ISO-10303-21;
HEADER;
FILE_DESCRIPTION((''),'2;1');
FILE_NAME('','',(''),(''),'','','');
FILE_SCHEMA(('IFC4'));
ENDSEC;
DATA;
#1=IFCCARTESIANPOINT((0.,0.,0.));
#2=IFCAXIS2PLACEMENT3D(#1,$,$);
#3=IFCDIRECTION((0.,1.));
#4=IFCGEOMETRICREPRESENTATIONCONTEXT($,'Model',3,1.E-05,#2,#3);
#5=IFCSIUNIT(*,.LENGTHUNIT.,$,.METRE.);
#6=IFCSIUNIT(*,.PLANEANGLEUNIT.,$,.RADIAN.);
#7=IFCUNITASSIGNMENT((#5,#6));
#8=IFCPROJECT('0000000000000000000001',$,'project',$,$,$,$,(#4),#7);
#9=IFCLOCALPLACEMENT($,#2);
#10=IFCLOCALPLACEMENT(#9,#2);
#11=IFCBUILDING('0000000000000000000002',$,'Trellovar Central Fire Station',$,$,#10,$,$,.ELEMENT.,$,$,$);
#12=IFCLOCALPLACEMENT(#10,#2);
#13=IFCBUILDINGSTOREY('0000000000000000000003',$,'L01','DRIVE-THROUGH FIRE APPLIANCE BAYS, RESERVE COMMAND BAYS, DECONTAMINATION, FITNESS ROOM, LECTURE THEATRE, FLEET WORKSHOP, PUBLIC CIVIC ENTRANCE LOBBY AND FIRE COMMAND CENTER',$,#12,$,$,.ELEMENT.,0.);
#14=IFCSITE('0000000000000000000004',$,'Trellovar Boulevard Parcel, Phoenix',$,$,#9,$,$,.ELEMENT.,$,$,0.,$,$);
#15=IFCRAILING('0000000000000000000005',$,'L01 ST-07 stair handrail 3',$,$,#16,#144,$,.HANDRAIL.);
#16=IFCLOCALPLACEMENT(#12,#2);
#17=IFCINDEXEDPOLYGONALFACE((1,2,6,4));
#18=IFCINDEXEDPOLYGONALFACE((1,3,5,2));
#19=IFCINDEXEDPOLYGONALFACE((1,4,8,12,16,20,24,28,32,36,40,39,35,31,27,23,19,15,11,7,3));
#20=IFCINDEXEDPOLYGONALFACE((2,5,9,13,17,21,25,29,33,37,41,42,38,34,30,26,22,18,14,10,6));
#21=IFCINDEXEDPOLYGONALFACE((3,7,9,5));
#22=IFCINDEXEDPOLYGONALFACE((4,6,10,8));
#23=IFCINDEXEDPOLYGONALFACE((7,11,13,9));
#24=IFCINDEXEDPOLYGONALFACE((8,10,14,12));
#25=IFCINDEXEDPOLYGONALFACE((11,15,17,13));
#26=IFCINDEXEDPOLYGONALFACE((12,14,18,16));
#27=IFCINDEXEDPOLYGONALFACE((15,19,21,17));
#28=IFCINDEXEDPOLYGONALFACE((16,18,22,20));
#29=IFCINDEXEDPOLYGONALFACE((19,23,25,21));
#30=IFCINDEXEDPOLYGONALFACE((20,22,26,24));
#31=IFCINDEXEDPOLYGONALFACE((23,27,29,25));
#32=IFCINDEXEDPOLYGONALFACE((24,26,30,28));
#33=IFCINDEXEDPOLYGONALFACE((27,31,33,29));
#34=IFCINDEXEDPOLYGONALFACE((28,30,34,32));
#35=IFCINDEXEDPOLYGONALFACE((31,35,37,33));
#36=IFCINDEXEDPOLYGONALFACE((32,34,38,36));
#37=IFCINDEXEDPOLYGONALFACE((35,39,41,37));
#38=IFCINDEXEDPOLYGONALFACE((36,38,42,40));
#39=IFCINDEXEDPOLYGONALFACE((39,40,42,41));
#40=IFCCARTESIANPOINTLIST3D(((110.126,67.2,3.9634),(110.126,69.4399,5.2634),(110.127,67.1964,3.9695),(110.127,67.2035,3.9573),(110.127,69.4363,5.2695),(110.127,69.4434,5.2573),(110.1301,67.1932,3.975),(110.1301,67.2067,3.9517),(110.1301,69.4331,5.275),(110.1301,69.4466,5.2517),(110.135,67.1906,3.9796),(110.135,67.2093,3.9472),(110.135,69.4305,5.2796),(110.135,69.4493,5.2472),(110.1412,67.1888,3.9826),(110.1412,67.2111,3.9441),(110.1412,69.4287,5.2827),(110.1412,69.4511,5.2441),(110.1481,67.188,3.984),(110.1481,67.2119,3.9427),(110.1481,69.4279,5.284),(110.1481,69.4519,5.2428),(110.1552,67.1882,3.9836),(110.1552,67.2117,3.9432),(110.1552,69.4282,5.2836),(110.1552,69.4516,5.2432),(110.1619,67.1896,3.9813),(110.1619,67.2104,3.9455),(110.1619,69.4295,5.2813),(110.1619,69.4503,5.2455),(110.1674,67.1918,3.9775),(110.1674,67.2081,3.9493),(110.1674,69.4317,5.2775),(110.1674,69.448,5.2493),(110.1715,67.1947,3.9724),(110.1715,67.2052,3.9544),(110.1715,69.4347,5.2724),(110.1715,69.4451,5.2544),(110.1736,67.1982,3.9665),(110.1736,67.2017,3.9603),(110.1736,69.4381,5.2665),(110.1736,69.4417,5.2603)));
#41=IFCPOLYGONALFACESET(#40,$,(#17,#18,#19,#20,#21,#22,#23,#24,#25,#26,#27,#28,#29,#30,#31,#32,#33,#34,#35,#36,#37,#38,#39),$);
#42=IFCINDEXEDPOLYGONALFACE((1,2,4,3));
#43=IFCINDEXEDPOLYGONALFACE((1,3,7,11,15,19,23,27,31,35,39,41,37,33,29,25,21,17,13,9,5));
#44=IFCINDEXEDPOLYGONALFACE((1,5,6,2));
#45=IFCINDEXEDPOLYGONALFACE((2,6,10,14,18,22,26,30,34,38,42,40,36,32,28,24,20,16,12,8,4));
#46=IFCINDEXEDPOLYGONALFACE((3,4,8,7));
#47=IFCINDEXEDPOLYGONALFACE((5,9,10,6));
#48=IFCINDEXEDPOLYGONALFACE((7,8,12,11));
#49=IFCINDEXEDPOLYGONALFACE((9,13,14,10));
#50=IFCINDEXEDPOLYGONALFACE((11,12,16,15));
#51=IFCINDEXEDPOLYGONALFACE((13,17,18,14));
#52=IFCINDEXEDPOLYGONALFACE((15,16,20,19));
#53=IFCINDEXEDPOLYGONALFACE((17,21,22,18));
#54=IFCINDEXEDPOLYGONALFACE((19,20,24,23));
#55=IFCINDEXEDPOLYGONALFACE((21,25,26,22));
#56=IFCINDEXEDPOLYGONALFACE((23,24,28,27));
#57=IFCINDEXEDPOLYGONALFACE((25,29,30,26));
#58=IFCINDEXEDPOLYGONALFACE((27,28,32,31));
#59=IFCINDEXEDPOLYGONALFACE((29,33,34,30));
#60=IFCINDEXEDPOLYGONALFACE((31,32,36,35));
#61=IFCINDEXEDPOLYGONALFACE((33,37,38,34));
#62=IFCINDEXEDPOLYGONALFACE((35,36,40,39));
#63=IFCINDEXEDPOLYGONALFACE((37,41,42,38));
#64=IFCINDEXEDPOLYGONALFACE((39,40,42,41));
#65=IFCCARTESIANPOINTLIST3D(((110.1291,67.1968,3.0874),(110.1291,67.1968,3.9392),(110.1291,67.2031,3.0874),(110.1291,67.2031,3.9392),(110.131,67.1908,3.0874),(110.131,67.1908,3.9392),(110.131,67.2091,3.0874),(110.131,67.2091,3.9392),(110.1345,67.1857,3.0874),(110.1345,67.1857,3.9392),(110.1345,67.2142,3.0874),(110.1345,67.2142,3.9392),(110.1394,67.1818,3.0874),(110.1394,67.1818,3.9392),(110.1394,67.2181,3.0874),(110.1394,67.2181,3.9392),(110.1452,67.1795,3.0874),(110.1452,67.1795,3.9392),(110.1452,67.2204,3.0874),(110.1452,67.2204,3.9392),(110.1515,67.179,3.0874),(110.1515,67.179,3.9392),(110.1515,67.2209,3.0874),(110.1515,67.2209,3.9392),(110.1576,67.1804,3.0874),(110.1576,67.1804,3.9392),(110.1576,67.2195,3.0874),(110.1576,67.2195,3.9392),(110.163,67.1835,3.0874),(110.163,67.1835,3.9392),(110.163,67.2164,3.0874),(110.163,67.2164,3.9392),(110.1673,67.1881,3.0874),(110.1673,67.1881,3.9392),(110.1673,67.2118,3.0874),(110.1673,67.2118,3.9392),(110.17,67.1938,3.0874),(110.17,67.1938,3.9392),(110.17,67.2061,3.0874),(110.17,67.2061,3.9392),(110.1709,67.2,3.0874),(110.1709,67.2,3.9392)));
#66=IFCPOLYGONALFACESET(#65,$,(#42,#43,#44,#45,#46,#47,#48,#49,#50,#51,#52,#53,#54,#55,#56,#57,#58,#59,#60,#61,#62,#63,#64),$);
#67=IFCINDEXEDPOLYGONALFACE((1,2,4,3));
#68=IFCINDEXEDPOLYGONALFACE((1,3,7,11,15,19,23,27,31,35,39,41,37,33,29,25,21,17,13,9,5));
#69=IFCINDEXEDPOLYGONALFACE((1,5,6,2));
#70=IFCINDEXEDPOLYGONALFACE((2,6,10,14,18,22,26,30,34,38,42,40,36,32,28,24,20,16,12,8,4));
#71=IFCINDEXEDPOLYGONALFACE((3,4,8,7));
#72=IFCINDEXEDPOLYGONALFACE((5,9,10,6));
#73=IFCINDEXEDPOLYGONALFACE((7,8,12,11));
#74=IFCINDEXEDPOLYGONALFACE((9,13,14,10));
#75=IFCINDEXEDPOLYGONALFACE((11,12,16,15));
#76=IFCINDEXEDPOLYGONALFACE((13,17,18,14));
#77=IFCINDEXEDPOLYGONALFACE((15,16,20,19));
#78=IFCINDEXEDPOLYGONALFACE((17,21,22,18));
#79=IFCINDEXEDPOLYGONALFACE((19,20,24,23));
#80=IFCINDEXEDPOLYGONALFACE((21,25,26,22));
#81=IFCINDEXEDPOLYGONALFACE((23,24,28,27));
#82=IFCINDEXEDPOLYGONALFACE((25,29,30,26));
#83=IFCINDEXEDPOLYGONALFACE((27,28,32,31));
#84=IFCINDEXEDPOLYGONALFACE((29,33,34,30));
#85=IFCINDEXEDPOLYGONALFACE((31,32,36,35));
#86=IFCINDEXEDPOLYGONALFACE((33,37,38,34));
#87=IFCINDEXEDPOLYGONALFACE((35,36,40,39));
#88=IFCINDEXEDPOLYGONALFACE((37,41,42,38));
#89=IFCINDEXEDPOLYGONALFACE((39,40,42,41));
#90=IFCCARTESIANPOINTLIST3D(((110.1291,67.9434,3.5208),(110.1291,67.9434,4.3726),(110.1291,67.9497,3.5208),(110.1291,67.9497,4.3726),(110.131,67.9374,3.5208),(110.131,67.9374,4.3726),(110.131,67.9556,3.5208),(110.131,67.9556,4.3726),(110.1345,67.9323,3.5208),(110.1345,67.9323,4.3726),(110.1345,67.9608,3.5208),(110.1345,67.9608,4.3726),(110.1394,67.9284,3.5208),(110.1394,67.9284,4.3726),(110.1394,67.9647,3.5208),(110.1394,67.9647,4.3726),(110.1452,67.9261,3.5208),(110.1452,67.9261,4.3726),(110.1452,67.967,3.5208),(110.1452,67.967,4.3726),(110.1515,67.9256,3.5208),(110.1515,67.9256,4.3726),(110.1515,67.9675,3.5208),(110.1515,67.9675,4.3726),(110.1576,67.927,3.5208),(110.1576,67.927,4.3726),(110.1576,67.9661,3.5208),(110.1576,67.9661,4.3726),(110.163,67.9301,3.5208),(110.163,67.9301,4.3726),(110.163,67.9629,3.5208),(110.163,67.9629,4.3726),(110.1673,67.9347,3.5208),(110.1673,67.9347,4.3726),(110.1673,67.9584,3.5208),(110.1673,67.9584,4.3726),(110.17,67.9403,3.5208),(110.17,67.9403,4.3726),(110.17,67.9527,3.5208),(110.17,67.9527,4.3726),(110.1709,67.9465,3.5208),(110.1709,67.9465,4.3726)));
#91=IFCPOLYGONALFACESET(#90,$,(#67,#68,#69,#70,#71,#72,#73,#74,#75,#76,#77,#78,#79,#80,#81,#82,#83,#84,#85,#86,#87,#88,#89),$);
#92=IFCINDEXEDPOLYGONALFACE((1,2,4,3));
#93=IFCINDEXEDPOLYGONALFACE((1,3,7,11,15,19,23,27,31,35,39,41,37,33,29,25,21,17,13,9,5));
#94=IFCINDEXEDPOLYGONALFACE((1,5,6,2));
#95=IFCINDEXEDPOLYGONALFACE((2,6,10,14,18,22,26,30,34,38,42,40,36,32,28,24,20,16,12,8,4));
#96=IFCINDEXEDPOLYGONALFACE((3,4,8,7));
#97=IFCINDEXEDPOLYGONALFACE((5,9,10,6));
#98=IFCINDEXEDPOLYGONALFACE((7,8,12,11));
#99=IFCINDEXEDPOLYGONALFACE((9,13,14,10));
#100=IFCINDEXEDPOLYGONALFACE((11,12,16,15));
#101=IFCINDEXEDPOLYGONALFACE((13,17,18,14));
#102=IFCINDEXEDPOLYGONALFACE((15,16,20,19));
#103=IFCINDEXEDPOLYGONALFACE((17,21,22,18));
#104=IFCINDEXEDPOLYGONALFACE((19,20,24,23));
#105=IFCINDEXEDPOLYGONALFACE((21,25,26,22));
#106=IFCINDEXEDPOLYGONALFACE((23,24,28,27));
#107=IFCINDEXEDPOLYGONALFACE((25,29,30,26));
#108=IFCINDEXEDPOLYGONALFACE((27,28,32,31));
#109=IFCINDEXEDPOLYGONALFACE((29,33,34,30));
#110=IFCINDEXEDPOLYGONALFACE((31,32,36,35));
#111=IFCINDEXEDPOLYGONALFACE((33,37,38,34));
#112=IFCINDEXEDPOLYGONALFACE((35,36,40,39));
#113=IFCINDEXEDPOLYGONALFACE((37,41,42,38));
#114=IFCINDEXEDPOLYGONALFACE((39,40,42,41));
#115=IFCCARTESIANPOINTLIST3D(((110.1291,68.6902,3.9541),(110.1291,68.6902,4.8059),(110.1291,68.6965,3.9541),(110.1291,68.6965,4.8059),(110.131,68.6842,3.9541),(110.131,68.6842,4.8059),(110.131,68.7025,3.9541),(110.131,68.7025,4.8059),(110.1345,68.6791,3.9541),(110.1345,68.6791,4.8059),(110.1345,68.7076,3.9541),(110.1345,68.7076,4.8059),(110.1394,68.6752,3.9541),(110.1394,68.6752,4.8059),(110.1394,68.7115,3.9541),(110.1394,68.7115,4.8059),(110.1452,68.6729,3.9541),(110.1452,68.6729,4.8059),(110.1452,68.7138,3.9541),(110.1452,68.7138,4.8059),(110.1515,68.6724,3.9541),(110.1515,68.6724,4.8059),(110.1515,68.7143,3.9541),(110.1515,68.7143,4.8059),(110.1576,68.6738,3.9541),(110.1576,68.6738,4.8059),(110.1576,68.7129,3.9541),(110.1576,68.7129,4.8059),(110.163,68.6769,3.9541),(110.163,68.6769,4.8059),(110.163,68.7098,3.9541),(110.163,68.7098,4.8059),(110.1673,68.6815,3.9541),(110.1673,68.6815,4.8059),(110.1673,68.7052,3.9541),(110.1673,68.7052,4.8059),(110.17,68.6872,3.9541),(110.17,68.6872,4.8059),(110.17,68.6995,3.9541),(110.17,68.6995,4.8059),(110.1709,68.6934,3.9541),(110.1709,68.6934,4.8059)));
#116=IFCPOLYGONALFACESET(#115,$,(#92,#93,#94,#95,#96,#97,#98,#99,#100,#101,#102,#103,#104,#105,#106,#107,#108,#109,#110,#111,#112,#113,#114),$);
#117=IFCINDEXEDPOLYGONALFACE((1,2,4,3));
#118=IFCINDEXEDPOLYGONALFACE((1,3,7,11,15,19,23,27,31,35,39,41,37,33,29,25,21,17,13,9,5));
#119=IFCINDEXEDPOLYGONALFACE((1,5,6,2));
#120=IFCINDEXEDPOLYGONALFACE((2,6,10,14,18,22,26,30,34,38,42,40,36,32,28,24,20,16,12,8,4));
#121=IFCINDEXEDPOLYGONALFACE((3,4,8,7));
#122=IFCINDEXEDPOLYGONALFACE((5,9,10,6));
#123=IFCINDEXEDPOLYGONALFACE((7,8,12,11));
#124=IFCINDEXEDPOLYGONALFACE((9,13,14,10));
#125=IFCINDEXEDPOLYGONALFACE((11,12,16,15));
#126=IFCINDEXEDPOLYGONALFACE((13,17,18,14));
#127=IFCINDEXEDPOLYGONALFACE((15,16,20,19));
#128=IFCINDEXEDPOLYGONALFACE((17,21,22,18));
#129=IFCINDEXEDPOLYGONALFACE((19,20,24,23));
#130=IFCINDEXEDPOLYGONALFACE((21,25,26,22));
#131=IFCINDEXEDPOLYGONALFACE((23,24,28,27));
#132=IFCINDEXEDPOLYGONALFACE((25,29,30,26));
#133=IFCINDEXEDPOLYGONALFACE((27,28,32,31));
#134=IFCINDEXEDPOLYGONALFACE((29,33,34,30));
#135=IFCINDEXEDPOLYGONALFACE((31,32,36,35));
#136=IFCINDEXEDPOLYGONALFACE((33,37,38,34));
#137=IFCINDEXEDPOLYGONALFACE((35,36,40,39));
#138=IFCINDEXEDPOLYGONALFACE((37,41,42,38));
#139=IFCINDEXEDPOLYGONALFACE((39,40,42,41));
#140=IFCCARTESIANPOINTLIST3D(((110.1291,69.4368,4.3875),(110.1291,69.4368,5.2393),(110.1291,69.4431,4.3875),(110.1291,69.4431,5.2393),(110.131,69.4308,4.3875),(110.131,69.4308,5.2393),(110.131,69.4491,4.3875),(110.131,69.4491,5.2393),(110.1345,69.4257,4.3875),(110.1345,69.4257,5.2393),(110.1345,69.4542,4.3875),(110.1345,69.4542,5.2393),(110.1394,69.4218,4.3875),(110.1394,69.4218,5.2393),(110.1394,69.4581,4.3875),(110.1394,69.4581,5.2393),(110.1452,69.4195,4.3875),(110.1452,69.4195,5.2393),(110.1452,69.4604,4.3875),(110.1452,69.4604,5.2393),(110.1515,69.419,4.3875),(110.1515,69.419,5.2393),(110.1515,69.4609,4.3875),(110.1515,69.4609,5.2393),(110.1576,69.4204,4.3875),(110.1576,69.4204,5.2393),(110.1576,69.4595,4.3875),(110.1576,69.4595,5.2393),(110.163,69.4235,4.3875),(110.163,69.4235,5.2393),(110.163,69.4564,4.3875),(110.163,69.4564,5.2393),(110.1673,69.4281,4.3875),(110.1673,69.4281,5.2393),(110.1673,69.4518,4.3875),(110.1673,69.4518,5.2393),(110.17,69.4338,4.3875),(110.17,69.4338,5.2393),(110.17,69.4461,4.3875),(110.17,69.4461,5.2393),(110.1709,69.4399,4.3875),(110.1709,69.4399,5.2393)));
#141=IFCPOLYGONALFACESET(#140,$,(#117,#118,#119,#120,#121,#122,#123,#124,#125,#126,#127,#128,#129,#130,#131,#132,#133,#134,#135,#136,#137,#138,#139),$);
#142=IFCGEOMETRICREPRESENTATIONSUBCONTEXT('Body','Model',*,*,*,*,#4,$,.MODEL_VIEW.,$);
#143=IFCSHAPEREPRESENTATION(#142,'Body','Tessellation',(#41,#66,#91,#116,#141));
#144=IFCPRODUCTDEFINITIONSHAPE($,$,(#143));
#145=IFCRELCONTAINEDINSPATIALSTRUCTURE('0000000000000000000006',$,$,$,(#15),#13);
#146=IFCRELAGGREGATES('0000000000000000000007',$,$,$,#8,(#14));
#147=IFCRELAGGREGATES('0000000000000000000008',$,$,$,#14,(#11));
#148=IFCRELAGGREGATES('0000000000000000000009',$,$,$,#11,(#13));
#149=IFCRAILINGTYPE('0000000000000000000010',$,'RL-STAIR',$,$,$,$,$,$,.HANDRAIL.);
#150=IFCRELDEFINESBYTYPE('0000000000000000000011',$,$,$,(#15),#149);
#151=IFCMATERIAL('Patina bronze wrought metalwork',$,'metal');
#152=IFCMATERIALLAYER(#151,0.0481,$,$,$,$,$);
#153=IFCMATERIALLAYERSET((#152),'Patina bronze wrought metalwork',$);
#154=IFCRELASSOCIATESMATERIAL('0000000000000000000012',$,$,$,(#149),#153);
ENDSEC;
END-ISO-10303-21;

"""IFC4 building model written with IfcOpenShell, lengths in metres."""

from ifc_helpers import new_model, si_unit, direction, frame, origin, origin_2d, place, context, subcontext, project, spatial, circle, extrude, material, layer, layer_set, type_object, element, save


model = new_model("IFC4")

# Units and contexts
model_context = context("Model", 3, precision=1e-05, world=origin(), true_north=direction((0.0, 1.0)))
body_context = subcontext(model_context, "Body", "Model", "MODEL_VIEW")
ifc_project = project(units=[si_unit("LENGTHUNIT", "METRE"), si_unit("PLANEANGLEUNIT", "RADIAN")], contexts=[model_context])

# Site, building, storey
site_placement = place(None, origin())
site = spatial("IfcSite", under=ifc_project, at=site_placement, Name="Trellovar Boulevard Parcel, Phoenix", CompositionType="ELEMENT", RefElevation=0.0)
building_placement = place(site_placement, origin())
building = spatial("IfcBuilding", under=site, at=building_placement, Name="Trellovar Central Fire Station", CompositionType="ELEMENT")
storey_placement = place(building_placement, origin())
storey = spatial("IfcBuildingStorey", under=building, at=storey_placement, Name="L01", Description="DRIVE-THROUGH FIRE APPLIANCE BAYS, RESERVE COMMAND BAYS, DECONTAMINATION, FITNESS ROOM, LECTURE THEATRE, FLEET WORKSHOP, PUBLIC CIVIC ENTRANCE LOBBY AND FIRE COMMAND CENTER", CompositionType="ELEMENT", Elevation=0.0)

# Railing
ifc_material_1 = material(Name="Patina bronze wrought metalwork", Category="metal")
ifc_layer_1 = layer(ifc_material_1, 0.0481)
ifc_layer_set_1 = layer_set([ifc_layer_1], Name="Patina bronze wrought metalwork")
railing_type = type_object("IfcRailingType", Name="RL-STAIR", PredefinedType="HANDRAIL", material=ifc_layer_set_1)
railing_1_placement = place(storey_placement, frame((110.1499, 67.2, 3.0874)))
element("IfcRailing", 1, at=railing_1_placement, inside=storey, type_object=railing_type, Name="L01 ST-07 stair handrail 3", PredefinedType="HANDRAIL", context=body_context, shape_type="SweptSolid", body=[
    extrude(circle(Radius=0.0239, at=origin_2d()), frame((0.0, 0.0, 0.876), z_axis=(0.0, 0.864888, 0.501965), x_axis=(-1.0, 0.0, 0.0)), (0.0, 0.0, 1.0), 2.5898),
    extrude(circle(Radius=0.021, at=origin_2d()), origin(), (0.0, 0.0, 1.0), 0.8518),
    extrude(circle(Radius=0.021, at=origin_2d()), frame((0.0, 0.7466, 0.4333)), (0.0, 0.0, 1.0), 0.8518),
    extrude(circle(Radius=0.021, at=origin_2d()), frame((0.0, 1.4934, 0.8667)), (0.0, 0.0, 1.0), 0.8518),
    extrude(circle(Radius=0.021, at=origin_2d()), frame((0.0, 2.24, 1.3)), (0.0, 0.0, 1.0), 0.8518),
])

save(model, "model.ifc")
